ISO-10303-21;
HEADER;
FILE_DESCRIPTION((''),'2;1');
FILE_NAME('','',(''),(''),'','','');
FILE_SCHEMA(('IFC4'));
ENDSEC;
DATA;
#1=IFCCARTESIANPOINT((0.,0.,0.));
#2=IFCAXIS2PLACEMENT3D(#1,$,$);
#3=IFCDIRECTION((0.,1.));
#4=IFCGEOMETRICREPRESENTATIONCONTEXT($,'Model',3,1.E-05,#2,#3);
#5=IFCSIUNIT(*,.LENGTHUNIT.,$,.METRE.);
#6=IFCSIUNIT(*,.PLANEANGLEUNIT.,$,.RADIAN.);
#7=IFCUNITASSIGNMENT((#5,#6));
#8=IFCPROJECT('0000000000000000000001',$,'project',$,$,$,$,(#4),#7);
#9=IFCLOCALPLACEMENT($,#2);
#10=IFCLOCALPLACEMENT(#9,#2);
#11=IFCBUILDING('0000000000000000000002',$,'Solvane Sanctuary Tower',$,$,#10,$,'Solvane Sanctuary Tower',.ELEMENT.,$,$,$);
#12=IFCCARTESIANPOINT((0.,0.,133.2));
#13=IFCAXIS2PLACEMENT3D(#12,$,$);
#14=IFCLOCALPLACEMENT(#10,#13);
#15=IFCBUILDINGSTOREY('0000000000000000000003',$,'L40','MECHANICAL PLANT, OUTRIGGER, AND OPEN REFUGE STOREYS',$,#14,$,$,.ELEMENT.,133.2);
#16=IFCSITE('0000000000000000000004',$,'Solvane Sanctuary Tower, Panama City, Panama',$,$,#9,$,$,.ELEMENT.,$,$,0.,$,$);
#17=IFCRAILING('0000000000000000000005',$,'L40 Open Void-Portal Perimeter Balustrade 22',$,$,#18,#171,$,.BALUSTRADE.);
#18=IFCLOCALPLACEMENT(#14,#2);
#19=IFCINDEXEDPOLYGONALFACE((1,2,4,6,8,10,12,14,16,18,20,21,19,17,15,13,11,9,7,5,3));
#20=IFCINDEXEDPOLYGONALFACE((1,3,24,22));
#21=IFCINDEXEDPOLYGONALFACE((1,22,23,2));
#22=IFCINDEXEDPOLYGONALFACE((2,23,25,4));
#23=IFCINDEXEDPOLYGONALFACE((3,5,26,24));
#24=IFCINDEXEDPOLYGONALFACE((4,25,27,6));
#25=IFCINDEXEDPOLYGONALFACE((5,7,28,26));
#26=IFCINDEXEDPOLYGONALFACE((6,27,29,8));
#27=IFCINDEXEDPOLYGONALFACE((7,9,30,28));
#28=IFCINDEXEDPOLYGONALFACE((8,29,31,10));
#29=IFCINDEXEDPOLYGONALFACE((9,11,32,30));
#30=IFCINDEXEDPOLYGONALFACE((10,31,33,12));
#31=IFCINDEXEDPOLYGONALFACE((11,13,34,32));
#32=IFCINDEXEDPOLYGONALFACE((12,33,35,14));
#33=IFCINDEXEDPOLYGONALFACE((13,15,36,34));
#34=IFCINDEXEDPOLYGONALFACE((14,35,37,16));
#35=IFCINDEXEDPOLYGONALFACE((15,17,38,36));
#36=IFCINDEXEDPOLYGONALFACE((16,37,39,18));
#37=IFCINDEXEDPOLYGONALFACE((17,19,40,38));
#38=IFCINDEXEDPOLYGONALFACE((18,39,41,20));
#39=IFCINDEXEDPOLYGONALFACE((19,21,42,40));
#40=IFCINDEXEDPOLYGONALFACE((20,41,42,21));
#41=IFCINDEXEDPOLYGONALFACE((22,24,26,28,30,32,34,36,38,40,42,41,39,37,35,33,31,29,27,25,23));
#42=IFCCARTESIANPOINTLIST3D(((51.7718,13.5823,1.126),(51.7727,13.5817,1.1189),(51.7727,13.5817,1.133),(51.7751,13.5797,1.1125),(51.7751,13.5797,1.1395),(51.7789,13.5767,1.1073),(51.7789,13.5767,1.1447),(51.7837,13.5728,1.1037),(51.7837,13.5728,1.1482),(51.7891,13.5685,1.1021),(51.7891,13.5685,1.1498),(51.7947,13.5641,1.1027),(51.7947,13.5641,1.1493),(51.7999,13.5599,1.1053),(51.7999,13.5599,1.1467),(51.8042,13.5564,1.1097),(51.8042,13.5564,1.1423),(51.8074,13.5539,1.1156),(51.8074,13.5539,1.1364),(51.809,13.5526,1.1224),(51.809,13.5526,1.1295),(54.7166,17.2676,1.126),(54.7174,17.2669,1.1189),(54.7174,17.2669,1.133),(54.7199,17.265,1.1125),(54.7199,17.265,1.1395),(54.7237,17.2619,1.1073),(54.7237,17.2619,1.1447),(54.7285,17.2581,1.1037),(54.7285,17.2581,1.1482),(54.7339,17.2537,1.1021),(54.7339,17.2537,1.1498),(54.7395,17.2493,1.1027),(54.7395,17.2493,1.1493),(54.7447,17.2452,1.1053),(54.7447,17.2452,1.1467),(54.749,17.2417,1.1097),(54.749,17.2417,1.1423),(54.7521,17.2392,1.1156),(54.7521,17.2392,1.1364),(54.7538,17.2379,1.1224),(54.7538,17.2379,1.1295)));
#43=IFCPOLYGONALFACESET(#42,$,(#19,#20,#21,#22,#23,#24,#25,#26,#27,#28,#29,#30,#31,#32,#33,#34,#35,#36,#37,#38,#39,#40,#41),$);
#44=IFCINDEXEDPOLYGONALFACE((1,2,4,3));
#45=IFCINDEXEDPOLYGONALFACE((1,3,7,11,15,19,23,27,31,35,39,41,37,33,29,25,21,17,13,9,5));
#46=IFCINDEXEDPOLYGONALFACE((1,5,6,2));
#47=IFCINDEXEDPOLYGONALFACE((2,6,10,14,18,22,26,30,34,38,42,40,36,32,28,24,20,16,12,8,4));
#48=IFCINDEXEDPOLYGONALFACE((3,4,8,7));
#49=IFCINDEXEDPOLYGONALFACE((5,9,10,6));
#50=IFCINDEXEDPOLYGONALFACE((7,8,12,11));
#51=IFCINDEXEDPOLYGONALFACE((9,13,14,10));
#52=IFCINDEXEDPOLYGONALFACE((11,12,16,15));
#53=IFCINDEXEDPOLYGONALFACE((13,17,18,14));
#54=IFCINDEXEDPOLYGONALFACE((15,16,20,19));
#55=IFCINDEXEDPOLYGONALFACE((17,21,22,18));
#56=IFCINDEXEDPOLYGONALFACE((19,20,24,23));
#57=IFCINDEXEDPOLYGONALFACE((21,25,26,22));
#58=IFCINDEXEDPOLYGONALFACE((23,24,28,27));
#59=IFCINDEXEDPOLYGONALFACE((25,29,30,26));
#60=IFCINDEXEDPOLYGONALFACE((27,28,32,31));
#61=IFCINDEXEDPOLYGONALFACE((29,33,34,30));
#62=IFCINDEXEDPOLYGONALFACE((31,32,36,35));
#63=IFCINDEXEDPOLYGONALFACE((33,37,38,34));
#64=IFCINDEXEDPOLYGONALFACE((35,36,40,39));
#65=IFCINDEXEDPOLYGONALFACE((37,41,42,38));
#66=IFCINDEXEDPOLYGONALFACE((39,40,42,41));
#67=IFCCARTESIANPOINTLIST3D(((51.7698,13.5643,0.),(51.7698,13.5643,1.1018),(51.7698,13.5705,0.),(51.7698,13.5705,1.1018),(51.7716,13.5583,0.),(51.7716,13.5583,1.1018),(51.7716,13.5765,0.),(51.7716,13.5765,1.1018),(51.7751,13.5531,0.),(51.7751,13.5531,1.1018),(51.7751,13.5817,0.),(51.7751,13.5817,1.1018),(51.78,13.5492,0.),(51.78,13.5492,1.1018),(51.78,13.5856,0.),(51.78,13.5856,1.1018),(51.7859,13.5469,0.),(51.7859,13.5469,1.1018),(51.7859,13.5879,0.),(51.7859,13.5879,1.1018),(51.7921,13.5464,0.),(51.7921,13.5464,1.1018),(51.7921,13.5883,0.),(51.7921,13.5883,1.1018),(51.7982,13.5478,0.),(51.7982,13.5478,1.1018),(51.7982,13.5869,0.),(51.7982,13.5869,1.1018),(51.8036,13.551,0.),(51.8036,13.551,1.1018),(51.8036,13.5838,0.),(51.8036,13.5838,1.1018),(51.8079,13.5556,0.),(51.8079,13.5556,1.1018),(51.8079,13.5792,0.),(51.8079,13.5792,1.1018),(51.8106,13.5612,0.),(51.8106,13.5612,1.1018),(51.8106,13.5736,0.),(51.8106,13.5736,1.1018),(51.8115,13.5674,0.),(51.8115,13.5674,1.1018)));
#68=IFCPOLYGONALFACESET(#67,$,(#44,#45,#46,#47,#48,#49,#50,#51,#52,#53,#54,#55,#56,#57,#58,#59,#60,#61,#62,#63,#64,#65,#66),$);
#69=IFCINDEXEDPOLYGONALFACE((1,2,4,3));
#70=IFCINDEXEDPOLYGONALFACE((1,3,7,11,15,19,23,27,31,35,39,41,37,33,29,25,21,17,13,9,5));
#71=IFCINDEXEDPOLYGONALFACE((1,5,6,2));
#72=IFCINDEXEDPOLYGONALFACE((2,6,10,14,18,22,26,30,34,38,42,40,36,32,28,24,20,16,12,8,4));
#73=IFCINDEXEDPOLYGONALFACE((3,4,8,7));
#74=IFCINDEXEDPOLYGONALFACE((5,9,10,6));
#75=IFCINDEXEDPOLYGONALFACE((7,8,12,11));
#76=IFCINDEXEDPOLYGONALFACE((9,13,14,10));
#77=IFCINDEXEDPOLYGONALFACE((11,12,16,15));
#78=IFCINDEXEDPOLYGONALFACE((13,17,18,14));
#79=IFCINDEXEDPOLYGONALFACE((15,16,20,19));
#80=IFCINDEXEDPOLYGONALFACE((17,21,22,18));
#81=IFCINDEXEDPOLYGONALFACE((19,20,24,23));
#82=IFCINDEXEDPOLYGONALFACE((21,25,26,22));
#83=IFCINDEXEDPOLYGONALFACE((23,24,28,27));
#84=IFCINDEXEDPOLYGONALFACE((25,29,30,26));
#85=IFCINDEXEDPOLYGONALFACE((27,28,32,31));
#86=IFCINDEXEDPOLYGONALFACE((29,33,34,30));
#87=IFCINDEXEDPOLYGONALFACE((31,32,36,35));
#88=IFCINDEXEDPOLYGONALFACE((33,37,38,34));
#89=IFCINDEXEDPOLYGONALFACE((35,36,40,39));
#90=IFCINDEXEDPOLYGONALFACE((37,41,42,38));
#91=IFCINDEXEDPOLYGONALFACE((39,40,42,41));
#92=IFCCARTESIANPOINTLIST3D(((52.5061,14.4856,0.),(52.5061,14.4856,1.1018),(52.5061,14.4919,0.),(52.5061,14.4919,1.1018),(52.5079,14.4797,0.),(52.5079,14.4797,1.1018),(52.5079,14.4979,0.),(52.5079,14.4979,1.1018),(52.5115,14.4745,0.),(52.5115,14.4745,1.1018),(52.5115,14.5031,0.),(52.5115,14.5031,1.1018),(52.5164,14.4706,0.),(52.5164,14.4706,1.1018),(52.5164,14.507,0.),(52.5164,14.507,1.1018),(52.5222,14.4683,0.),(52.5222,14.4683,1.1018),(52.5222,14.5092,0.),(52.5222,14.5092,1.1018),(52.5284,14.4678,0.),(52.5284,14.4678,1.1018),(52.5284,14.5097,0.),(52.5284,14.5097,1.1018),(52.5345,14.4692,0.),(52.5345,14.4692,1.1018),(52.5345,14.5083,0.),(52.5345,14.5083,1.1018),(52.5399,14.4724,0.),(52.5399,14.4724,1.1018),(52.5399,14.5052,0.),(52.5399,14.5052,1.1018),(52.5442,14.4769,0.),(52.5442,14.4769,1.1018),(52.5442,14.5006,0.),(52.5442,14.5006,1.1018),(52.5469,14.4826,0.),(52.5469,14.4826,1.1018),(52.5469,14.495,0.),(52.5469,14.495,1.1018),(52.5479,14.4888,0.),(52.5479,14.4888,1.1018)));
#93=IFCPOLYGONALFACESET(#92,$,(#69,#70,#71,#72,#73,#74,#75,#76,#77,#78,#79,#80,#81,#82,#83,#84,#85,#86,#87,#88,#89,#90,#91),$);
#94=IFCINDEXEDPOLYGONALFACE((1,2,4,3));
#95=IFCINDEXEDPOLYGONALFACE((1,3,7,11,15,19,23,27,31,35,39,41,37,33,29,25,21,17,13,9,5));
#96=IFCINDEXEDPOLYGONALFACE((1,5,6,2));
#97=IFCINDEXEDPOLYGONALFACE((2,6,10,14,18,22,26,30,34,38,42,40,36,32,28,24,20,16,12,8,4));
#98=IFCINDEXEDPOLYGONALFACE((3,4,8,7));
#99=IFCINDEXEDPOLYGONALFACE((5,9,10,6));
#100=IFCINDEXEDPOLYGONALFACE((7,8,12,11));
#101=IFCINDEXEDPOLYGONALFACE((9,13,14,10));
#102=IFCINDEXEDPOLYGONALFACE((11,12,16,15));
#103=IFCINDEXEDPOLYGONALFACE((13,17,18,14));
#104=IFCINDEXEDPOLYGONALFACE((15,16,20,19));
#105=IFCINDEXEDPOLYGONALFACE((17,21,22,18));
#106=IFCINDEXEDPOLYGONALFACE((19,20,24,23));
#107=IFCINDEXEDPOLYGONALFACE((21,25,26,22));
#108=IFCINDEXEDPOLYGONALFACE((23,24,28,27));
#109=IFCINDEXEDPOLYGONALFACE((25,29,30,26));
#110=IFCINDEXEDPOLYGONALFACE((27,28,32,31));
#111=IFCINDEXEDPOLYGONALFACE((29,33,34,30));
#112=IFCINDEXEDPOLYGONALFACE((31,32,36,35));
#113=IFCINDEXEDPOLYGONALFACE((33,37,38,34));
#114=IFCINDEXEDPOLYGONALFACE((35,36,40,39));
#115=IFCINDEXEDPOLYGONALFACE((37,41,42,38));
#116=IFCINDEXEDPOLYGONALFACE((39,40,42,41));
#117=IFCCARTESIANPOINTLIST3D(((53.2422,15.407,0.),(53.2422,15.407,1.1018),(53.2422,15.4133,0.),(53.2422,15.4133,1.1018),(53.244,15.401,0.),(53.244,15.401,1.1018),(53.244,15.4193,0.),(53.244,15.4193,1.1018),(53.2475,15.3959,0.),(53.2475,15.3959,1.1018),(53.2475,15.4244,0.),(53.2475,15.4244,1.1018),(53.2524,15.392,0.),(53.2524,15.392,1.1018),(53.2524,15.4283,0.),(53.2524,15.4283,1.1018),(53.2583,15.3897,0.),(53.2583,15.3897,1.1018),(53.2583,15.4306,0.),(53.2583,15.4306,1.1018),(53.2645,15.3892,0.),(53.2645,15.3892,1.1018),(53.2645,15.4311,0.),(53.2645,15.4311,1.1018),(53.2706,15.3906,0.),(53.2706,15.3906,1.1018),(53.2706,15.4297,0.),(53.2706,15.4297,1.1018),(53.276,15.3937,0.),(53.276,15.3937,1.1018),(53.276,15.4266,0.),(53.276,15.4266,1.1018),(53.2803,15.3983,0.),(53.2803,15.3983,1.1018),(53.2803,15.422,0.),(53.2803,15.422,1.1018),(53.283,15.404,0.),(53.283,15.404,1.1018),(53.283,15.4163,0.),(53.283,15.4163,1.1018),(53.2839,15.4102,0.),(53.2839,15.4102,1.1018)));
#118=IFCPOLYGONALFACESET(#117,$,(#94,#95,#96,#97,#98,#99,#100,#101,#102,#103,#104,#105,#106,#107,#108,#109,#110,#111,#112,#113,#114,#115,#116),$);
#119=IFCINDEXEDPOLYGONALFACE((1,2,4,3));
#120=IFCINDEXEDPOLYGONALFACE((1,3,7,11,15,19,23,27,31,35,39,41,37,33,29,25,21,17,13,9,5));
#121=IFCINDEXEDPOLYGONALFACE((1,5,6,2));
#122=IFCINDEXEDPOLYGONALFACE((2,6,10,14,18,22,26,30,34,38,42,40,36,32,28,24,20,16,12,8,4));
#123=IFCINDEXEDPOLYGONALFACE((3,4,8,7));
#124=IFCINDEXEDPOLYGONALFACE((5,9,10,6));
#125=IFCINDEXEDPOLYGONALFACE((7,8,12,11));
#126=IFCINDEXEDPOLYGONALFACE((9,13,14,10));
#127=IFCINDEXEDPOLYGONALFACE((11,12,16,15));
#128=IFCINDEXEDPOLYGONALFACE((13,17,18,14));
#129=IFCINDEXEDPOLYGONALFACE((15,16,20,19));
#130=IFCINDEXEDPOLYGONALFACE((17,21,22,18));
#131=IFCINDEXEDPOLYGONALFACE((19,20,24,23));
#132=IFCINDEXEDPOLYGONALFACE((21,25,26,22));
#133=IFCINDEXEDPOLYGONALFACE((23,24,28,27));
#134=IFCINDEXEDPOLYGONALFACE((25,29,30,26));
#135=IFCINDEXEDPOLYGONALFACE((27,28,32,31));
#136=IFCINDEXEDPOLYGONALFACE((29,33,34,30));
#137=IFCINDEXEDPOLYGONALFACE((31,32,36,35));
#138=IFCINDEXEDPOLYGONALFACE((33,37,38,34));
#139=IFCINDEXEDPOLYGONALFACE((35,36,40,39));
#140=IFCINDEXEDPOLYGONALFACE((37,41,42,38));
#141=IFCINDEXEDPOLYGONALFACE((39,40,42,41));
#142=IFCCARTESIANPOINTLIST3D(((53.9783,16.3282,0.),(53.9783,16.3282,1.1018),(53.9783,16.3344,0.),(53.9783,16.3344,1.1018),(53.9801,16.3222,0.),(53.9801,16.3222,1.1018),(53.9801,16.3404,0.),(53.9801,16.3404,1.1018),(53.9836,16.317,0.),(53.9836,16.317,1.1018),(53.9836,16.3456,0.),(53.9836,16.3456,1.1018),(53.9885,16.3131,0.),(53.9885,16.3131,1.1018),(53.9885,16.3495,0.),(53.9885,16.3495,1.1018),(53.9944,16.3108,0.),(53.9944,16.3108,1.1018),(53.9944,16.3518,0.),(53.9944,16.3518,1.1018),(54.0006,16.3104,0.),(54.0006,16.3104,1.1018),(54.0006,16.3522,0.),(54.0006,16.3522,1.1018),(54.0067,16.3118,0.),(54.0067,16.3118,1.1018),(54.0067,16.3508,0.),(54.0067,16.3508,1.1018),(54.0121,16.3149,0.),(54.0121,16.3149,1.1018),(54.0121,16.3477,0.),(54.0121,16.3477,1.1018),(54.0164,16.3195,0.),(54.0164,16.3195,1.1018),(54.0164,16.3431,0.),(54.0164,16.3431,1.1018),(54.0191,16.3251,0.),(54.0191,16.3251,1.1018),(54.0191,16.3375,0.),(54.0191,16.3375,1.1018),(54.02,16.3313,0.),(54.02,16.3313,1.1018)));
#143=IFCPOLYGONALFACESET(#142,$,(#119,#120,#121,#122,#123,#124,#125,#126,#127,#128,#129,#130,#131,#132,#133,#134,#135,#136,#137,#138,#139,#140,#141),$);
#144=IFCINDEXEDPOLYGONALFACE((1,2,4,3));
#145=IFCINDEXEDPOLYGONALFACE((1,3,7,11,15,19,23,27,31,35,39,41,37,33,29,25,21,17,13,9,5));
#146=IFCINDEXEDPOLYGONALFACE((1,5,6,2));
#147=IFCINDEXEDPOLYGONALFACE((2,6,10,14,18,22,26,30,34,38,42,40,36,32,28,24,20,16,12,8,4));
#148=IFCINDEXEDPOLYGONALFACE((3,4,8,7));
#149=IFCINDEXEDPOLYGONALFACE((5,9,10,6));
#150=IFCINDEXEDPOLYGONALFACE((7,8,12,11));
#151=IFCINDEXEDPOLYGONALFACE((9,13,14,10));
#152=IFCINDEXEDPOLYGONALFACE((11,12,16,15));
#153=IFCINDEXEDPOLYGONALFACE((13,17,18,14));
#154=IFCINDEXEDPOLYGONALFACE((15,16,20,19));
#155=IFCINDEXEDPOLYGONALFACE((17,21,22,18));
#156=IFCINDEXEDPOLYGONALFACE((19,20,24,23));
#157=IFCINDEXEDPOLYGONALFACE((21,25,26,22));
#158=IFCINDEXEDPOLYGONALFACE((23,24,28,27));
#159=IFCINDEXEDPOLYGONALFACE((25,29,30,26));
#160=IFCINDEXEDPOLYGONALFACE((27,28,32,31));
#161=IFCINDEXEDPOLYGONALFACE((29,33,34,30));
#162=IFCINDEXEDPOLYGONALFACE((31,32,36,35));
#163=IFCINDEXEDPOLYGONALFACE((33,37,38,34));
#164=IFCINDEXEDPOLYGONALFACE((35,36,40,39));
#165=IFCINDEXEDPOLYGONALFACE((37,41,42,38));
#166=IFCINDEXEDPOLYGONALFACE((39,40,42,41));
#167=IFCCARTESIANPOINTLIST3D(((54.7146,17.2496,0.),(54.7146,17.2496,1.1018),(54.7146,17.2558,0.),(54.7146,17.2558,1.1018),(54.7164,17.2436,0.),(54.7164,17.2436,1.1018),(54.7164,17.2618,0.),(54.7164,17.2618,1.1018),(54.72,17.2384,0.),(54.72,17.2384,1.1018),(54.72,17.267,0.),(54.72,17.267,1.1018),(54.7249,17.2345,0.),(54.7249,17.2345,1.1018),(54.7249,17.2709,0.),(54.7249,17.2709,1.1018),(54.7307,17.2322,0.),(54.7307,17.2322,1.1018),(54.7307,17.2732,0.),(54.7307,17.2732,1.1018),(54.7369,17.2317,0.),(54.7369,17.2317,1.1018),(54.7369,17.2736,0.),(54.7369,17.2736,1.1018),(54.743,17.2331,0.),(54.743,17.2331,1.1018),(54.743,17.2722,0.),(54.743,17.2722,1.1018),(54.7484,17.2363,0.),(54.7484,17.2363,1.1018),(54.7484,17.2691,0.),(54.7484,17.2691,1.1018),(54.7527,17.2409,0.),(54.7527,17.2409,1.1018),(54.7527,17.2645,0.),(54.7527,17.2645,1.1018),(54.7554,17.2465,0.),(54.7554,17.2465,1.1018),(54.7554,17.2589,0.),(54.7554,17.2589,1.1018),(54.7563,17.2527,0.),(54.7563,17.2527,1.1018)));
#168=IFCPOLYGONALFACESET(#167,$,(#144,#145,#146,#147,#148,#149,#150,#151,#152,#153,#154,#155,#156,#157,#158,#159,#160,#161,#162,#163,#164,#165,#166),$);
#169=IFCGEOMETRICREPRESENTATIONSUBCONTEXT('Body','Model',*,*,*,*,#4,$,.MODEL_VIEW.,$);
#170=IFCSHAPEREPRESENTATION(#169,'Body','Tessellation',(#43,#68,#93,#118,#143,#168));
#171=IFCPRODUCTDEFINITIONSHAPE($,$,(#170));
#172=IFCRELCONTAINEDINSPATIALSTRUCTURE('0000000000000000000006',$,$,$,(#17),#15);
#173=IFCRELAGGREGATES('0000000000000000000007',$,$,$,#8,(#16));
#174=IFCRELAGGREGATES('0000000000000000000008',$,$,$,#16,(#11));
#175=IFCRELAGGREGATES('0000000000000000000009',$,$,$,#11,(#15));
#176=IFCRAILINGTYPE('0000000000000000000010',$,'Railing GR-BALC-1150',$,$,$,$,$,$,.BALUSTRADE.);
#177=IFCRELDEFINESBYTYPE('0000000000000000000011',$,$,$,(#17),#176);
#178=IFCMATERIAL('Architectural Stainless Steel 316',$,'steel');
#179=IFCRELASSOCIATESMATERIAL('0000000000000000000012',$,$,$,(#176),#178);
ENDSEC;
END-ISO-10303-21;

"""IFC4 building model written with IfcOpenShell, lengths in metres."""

from ifc_helpers import new_model, si_unit, direction, frame, origin, origin_2d, place, context, subcontext, project, spatial, circle, extrude, material, type_object, element, save


model = new_model("IFC4")

# Units and contexts
model_context = context("Model", 3, precision=1e-05, world=origin(), true_north=direction((0.0, 1.0)))
body_context = subcontext(model_context, "Body", "Model", "MODEL_VIEW")
ifc_project = project(units=[si_unit("LENGTHUNIT", "METRE"), si_unit("PLANEANGLEUNIT", "RADIAN")], contexts=[model_context])

# Site, building, storey
site_placement = place(None, origin())
site = spatial("IfcSite", under=ifc_project, at=site_placement, Name="Solvane Sanctuary Tower, Panama City, Panama", CompositionType="ELEMENT", RefElevation=0.0)
building_placement = place(site_placement, origin())
building = spatial("IfcBuilding", under=site, at=building_placement, Name="Solvane Sanctuary Tower", LongName="Solvane Sanctuary Tower", CompositionType="ELEMENT")
storey_placement = place(building_placement, frame((0.0, 0.0, 133.2)))
storey = spatial("IfcBuildingStorey", under=building, at=storey_placement, Name="L40", Description="MECHANICAL PLANT, OUTRIGGER, AND OPEN REFUGE STOREYS", CompositionType="ELEMENT", Elevation=133.2)

# Shared definitions
ifc_material_1 = material(Name="Architectural Stainless Steel 316", Category="steel")

# Railing
railing_type_1 = type_object("IfcRailingType", Name="Railing GR-BALC-1150", PredefinedType="BALUSTRADE", material=ifc_material_1)
railing_1_placement = place(storey_placement, frame((51.7905, 13.5674, 0.0)))
element("IfcRailing", 1, at=railing_1_placement, inside=storey, type_object=railing_type_1, Name="L40 Open Void-Portal Perimeter Balustrade 22", PredefinedType="BALUSTRADE", context=body_context, shape_type="SweptSolid", body=[
    extrude(circle(Radius=0.0239, at=origin_2d()), frame((0.0, 0.0, 1.126), z_axis=(0.624253, 0.781222, 0.0), x_axis=(-0.781222, 0.624253, 0.0)), (0.0, 0.0, 1.0), 4.7173),
    extrude(circle(Radius=0.021, at=origin_2d()), origin(), (0.0, 0.0, 1.0), 1.1018),
    extrude(circle(Radius=0.021, at=origin_2d()), frame((0.7363, 0.9214, 0.0)), (0.0, 0.0, 1.0), 1.1018),
    extrude(circle(Radius=0.021, at=origin_2d()), frame((1.4724, 1.8428, 0.0)), (0.0, 0.0, 1.0), 1.1018),
    extrude(circle(Radius=0.021, at=origin_2d()), frame((2.2085, 2.7639, 0.0)), (0.0, 0.0, 1.0), 1.1018),
    extrude(circle(Radius=0.021, at=origin_2d()), frame((2.9448, 3.6853, 0.0)), (0.0, 0.0, 1.0), 1.1018),
])

save(model, "model.ifc")
